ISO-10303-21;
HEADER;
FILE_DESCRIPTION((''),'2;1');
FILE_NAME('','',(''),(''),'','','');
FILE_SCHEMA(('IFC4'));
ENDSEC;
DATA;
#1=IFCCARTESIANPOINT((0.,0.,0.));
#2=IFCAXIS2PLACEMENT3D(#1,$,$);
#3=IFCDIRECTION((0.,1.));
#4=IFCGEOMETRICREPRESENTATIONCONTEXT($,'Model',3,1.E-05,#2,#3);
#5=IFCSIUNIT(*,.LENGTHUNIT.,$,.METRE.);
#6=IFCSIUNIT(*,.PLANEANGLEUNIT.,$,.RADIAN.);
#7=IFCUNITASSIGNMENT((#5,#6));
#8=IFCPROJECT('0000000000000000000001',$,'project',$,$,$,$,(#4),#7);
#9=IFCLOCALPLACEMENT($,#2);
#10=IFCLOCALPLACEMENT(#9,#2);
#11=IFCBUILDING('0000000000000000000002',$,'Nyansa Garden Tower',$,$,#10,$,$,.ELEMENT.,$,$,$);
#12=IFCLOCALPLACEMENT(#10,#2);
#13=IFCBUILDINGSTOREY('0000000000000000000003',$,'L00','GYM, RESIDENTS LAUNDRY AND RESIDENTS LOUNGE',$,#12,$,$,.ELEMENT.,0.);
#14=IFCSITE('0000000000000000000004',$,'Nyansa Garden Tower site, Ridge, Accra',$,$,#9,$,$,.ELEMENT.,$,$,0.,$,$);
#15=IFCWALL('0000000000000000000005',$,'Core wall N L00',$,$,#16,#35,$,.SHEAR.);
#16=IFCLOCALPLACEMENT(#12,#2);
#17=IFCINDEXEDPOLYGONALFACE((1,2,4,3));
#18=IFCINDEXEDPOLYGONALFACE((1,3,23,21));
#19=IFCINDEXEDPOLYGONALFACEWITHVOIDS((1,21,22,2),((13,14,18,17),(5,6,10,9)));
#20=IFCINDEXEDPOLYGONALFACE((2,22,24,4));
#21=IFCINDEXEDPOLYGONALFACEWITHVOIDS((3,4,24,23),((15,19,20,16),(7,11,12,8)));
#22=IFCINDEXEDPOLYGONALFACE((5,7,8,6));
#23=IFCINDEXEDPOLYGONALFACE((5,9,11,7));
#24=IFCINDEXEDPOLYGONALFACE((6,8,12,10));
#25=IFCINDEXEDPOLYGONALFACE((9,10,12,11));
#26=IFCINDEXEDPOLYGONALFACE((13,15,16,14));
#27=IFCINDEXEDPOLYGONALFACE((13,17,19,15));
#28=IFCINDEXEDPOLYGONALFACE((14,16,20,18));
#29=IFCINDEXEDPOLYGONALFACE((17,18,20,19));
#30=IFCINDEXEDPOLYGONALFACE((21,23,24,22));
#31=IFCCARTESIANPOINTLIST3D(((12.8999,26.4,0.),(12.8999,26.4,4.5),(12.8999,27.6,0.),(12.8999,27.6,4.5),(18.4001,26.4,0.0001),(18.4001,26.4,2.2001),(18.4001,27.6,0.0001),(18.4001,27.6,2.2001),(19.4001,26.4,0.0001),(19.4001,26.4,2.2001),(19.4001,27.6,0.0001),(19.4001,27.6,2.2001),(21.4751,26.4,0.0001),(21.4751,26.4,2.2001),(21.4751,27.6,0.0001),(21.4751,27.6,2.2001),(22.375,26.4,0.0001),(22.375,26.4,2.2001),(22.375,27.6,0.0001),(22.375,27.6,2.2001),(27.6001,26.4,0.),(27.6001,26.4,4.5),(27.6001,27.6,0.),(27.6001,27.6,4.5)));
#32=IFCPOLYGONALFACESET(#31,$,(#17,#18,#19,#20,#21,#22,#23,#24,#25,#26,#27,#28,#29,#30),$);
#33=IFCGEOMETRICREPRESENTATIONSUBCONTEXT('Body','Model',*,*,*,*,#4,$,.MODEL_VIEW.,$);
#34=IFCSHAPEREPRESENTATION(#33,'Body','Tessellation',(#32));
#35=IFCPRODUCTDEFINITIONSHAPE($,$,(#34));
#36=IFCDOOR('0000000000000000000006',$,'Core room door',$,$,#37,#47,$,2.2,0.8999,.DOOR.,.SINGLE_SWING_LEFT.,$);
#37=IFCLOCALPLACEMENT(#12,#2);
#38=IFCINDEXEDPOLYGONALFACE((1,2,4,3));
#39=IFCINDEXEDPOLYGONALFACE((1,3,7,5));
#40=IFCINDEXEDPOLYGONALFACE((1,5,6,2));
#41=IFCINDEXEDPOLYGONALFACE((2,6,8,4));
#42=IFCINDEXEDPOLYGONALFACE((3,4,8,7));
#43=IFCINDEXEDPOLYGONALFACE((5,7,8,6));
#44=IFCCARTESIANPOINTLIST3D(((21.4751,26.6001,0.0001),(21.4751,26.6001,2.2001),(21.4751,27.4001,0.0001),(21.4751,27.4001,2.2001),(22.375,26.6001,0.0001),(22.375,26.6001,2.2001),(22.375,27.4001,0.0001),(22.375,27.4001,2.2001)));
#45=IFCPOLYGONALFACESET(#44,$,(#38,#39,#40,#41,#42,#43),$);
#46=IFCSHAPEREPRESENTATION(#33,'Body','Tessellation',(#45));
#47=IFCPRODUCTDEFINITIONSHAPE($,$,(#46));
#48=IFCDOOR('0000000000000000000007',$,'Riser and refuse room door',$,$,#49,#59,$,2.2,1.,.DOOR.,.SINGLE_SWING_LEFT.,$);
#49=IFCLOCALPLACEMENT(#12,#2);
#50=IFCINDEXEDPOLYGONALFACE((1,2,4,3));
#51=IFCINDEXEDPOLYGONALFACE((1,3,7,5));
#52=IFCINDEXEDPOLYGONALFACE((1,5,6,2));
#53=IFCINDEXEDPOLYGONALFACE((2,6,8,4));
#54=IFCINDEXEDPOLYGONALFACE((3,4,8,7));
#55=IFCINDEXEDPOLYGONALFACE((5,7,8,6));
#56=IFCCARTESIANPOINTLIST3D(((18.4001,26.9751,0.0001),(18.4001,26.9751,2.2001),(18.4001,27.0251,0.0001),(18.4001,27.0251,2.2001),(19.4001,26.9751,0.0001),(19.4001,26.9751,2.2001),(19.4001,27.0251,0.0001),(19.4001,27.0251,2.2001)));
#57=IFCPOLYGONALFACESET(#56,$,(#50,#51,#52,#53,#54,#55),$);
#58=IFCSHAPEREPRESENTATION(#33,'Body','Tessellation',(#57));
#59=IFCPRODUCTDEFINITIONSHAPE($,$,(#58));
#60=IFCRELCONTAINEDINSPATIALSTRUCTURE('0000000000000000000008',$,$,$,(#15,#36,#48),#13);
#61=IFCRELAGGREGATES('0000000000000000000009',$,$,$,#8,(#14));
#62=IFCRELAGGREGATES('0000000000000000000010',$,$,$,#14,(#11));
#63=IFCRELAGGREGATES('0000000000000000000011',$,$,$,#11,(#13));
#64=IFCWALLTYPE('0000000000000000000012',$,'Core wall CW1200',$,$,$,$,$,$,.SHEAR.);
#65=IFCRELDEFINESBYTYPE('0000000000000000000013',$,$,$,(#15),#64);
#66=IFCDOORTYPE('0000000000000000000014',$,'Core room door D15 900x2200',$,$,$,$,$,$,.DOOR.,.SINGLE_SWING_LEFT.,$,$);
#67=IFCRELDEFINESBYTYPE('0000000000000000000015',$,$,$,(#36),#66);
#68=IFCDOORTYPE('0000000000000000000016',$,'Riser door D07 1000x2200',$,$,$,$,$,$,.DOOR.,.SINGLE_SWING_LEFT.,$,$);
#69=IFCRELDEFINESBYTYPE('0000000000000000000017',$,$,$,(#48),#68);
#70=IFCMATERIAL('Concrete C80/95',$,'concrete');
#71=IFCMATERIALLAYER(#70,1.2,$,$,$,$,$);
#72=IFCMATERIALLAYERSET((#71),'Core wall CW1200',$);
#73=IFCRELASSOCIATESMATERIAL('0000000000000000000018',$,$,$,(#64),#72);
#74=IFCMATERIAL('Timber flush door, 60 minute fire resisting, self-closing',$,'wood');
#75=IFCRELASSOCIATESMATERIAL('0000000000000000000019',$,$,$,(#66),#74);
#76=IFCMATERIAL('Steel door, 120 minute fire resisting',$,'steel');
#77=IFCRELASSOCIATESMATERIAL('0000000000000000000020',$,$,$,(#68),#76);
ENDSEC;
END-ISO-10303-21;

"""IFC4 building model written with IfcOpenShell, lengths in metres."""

from ifc_helpers import new_model, si_unit, direction, frame, frame_2d, origin, place, context, subcontext, project, spatial, rectangle, extrude, material, layer, layer_set, type_object, element, fill, save


model = new_model("IFC4")

# Units and contexts
model_context = context("Model", 3, precision=1e-05, world=origin(), true_north=direction((0.0, 1.0)))
body_context = subcontext(model_context, "Body", "Model", "MODEL_VIEW")
ifc_project = project(units=[si_unit("LENGTHUNIT", "METRE"), si_unit("PLANEANGLEUNIT", "RADIAN")], contexts=[model_context])

# Site, building, storey
site_placement = place(None, origin())
site = spatial("IfcSite", under=ifc_project, at=site_placement, Name="Nyansa Garden Tower site, Ridge, Accra", CompositionType="ELEMENT", RefElevation=0.0)
building_placement = place(site_placement, origin())
building = spatial("IfcBuilding", under=site, at=building_placement, Name="Nyansa Garden Tower", CompositionType="ELEMENT")
storey_placement = place(building_placement, origin())
storey = spatial("IfcBuildingStorey", under=building, at=storey_placement, Name="L00", Description="GYM, RESIDENTS LAUNDRY AND RESIDENTS LOUNGE", CompositionType="ELEMENT", Elevation=0.0)

# Wall, openings, doors
ifc_material_1 = material(Name="Concrete C80/95", Category="concrete")
ifc_layer_1 = layer(ifc_material_1, 1.2)
ifc_layer_set_1 = layer_set([ifc_layer_1], Name="Core wall CW1200")
wall_type = type_object("IfcWallType", Name="Core wall CW1200", PredefinedType="SHEAR", material=ifc_layer_set_1)
wall_placement = place(storey_placement, frame((27.6001, 27.0, 0.0), z_axis=(0.0, 0.0, 1.0), x_axis=(-1.0, 0.0, 0.0)))
wall = element("IfcWall", 1, at=wall_placement, inside=storey, type_object=wall_type, Name="Core wall N L00", PredefinedType="SHEAR", context=body_context, shape_type="SweptSolid", body=[
    extrude(rectangle(XDim=14.7002, YDim=1.2, at=frame_2d((7.3501, 0.0))), origin(), (0.0, 0.0, 1.0), 4.5),
])
opening_1_placement = place(wall_placement, frame((5.2251, 0.0, 0.0)))
opening_1 = element("IfcOpeningElement", 2, at=opening_1_placement, cuts=wall, PredefinedType="OPENING", context=body_context, shape_type="SweptSolid", body=[
    extrude(rectangle(XDim=0.8999, YDim=2.2, at=frame_2d((0.45, 1.1001))), frame((0.0, 0.6099, 0.0), z_axis=(0.0, -1.0, 0.0), x_axis=(1.0, 0.0, 0.0)), (0.0, 0.0, 1.0), 1.22),
])
opening_2_placement = place(wall_placement, frame((8.2, 0.0, 0.0)))
opening_2 = element("IfcOpeningElement", 3, at=opening_2_placement, cuts=wall, PredefinedType="OPENING", context=body_context, shape_type="SweptSolid", body=[
    extrude(rectangle(XDim=1.0, YDim=2.2, at=frame_2d((0.5, 1.1001))), frame((0.0, 0.6099, 0.0), z_axis=(0.0, -1.0, 0.0), x_axis=(1.0, 0.0, 0.0)), (0.0, 0.0, 1.0), 1.22),
])
ifc_material_2 = material(Name="Timber flush door, 60 minute fire resisting, self-closing", Category="wood")
door_type_1 = type_object("IfcDoorType", Name="Core room door D15 900x2200", OperationType="SINGLE_SWING_LEFT", PredefinedType="DOOR", material=ifc_material_2)
door_1_placement = place(opening_1_placement, origin())
door_1 = element("IfcDoor", 4, at=door_1_placement, inside=storey, type_object=door_type_1, Name="Core room door", OperationType="SINGLE_SWING_LEFT", OverallHeight=2.2, OverallWidth=0.8999, PredefinedType="DOOR", context=body_context, shape_type="SweptSolid", body=[
    extrude(rectangle(XDim=0.8999, YDim=2.2, at=frame_2d((0.45, 1.1001))), frame((0.0, 0.3999, 0.0), z_axis=(0.0, -1.0, 0.0), x_axis=(1.0, 0.0, 0.0)), (0.0, 0.0, 1.0), 0.8),
])
fill(opening_1, door_1)
ifc_material_3 = material(Name="Steel door, 120 minute fire resisting", Category="steel")
door_type_2 = type_object("IfcDoorType", Name="Riser door D07 1000x2200", OperationType="SINGLE_SWING_LEFT", PredefinedType="DOOR", material=ifc_material_3)
door_2_placement = place(opening_2_placement, origin())
door_2 = element("IfcDoor", 5, at=door_2_placement, inside=storey, type_object=door_type_2, Name="Riser and refuse room door", OperationType="SINGLE_SWING_LEFT", OverallHeight=2.2, OverallWidth=1.0, PredefinedType="DOOR", context=body_context, shape_type="SweptSolid", body=[
    extrude(rectangle(XDim=1.0, YDim=2.2, at=frame_2d((0.5, 1.1001))), frame((0.0, 0.0249, 0.0), z_axis=(0.0, -1.0, 0.0), x_axis=(1.0, 0.0, 0.0)), (0.0, 0.0, 1.0), 0.05),
])
fill(opening_2, door_2)

save(model, "model.ifc")
